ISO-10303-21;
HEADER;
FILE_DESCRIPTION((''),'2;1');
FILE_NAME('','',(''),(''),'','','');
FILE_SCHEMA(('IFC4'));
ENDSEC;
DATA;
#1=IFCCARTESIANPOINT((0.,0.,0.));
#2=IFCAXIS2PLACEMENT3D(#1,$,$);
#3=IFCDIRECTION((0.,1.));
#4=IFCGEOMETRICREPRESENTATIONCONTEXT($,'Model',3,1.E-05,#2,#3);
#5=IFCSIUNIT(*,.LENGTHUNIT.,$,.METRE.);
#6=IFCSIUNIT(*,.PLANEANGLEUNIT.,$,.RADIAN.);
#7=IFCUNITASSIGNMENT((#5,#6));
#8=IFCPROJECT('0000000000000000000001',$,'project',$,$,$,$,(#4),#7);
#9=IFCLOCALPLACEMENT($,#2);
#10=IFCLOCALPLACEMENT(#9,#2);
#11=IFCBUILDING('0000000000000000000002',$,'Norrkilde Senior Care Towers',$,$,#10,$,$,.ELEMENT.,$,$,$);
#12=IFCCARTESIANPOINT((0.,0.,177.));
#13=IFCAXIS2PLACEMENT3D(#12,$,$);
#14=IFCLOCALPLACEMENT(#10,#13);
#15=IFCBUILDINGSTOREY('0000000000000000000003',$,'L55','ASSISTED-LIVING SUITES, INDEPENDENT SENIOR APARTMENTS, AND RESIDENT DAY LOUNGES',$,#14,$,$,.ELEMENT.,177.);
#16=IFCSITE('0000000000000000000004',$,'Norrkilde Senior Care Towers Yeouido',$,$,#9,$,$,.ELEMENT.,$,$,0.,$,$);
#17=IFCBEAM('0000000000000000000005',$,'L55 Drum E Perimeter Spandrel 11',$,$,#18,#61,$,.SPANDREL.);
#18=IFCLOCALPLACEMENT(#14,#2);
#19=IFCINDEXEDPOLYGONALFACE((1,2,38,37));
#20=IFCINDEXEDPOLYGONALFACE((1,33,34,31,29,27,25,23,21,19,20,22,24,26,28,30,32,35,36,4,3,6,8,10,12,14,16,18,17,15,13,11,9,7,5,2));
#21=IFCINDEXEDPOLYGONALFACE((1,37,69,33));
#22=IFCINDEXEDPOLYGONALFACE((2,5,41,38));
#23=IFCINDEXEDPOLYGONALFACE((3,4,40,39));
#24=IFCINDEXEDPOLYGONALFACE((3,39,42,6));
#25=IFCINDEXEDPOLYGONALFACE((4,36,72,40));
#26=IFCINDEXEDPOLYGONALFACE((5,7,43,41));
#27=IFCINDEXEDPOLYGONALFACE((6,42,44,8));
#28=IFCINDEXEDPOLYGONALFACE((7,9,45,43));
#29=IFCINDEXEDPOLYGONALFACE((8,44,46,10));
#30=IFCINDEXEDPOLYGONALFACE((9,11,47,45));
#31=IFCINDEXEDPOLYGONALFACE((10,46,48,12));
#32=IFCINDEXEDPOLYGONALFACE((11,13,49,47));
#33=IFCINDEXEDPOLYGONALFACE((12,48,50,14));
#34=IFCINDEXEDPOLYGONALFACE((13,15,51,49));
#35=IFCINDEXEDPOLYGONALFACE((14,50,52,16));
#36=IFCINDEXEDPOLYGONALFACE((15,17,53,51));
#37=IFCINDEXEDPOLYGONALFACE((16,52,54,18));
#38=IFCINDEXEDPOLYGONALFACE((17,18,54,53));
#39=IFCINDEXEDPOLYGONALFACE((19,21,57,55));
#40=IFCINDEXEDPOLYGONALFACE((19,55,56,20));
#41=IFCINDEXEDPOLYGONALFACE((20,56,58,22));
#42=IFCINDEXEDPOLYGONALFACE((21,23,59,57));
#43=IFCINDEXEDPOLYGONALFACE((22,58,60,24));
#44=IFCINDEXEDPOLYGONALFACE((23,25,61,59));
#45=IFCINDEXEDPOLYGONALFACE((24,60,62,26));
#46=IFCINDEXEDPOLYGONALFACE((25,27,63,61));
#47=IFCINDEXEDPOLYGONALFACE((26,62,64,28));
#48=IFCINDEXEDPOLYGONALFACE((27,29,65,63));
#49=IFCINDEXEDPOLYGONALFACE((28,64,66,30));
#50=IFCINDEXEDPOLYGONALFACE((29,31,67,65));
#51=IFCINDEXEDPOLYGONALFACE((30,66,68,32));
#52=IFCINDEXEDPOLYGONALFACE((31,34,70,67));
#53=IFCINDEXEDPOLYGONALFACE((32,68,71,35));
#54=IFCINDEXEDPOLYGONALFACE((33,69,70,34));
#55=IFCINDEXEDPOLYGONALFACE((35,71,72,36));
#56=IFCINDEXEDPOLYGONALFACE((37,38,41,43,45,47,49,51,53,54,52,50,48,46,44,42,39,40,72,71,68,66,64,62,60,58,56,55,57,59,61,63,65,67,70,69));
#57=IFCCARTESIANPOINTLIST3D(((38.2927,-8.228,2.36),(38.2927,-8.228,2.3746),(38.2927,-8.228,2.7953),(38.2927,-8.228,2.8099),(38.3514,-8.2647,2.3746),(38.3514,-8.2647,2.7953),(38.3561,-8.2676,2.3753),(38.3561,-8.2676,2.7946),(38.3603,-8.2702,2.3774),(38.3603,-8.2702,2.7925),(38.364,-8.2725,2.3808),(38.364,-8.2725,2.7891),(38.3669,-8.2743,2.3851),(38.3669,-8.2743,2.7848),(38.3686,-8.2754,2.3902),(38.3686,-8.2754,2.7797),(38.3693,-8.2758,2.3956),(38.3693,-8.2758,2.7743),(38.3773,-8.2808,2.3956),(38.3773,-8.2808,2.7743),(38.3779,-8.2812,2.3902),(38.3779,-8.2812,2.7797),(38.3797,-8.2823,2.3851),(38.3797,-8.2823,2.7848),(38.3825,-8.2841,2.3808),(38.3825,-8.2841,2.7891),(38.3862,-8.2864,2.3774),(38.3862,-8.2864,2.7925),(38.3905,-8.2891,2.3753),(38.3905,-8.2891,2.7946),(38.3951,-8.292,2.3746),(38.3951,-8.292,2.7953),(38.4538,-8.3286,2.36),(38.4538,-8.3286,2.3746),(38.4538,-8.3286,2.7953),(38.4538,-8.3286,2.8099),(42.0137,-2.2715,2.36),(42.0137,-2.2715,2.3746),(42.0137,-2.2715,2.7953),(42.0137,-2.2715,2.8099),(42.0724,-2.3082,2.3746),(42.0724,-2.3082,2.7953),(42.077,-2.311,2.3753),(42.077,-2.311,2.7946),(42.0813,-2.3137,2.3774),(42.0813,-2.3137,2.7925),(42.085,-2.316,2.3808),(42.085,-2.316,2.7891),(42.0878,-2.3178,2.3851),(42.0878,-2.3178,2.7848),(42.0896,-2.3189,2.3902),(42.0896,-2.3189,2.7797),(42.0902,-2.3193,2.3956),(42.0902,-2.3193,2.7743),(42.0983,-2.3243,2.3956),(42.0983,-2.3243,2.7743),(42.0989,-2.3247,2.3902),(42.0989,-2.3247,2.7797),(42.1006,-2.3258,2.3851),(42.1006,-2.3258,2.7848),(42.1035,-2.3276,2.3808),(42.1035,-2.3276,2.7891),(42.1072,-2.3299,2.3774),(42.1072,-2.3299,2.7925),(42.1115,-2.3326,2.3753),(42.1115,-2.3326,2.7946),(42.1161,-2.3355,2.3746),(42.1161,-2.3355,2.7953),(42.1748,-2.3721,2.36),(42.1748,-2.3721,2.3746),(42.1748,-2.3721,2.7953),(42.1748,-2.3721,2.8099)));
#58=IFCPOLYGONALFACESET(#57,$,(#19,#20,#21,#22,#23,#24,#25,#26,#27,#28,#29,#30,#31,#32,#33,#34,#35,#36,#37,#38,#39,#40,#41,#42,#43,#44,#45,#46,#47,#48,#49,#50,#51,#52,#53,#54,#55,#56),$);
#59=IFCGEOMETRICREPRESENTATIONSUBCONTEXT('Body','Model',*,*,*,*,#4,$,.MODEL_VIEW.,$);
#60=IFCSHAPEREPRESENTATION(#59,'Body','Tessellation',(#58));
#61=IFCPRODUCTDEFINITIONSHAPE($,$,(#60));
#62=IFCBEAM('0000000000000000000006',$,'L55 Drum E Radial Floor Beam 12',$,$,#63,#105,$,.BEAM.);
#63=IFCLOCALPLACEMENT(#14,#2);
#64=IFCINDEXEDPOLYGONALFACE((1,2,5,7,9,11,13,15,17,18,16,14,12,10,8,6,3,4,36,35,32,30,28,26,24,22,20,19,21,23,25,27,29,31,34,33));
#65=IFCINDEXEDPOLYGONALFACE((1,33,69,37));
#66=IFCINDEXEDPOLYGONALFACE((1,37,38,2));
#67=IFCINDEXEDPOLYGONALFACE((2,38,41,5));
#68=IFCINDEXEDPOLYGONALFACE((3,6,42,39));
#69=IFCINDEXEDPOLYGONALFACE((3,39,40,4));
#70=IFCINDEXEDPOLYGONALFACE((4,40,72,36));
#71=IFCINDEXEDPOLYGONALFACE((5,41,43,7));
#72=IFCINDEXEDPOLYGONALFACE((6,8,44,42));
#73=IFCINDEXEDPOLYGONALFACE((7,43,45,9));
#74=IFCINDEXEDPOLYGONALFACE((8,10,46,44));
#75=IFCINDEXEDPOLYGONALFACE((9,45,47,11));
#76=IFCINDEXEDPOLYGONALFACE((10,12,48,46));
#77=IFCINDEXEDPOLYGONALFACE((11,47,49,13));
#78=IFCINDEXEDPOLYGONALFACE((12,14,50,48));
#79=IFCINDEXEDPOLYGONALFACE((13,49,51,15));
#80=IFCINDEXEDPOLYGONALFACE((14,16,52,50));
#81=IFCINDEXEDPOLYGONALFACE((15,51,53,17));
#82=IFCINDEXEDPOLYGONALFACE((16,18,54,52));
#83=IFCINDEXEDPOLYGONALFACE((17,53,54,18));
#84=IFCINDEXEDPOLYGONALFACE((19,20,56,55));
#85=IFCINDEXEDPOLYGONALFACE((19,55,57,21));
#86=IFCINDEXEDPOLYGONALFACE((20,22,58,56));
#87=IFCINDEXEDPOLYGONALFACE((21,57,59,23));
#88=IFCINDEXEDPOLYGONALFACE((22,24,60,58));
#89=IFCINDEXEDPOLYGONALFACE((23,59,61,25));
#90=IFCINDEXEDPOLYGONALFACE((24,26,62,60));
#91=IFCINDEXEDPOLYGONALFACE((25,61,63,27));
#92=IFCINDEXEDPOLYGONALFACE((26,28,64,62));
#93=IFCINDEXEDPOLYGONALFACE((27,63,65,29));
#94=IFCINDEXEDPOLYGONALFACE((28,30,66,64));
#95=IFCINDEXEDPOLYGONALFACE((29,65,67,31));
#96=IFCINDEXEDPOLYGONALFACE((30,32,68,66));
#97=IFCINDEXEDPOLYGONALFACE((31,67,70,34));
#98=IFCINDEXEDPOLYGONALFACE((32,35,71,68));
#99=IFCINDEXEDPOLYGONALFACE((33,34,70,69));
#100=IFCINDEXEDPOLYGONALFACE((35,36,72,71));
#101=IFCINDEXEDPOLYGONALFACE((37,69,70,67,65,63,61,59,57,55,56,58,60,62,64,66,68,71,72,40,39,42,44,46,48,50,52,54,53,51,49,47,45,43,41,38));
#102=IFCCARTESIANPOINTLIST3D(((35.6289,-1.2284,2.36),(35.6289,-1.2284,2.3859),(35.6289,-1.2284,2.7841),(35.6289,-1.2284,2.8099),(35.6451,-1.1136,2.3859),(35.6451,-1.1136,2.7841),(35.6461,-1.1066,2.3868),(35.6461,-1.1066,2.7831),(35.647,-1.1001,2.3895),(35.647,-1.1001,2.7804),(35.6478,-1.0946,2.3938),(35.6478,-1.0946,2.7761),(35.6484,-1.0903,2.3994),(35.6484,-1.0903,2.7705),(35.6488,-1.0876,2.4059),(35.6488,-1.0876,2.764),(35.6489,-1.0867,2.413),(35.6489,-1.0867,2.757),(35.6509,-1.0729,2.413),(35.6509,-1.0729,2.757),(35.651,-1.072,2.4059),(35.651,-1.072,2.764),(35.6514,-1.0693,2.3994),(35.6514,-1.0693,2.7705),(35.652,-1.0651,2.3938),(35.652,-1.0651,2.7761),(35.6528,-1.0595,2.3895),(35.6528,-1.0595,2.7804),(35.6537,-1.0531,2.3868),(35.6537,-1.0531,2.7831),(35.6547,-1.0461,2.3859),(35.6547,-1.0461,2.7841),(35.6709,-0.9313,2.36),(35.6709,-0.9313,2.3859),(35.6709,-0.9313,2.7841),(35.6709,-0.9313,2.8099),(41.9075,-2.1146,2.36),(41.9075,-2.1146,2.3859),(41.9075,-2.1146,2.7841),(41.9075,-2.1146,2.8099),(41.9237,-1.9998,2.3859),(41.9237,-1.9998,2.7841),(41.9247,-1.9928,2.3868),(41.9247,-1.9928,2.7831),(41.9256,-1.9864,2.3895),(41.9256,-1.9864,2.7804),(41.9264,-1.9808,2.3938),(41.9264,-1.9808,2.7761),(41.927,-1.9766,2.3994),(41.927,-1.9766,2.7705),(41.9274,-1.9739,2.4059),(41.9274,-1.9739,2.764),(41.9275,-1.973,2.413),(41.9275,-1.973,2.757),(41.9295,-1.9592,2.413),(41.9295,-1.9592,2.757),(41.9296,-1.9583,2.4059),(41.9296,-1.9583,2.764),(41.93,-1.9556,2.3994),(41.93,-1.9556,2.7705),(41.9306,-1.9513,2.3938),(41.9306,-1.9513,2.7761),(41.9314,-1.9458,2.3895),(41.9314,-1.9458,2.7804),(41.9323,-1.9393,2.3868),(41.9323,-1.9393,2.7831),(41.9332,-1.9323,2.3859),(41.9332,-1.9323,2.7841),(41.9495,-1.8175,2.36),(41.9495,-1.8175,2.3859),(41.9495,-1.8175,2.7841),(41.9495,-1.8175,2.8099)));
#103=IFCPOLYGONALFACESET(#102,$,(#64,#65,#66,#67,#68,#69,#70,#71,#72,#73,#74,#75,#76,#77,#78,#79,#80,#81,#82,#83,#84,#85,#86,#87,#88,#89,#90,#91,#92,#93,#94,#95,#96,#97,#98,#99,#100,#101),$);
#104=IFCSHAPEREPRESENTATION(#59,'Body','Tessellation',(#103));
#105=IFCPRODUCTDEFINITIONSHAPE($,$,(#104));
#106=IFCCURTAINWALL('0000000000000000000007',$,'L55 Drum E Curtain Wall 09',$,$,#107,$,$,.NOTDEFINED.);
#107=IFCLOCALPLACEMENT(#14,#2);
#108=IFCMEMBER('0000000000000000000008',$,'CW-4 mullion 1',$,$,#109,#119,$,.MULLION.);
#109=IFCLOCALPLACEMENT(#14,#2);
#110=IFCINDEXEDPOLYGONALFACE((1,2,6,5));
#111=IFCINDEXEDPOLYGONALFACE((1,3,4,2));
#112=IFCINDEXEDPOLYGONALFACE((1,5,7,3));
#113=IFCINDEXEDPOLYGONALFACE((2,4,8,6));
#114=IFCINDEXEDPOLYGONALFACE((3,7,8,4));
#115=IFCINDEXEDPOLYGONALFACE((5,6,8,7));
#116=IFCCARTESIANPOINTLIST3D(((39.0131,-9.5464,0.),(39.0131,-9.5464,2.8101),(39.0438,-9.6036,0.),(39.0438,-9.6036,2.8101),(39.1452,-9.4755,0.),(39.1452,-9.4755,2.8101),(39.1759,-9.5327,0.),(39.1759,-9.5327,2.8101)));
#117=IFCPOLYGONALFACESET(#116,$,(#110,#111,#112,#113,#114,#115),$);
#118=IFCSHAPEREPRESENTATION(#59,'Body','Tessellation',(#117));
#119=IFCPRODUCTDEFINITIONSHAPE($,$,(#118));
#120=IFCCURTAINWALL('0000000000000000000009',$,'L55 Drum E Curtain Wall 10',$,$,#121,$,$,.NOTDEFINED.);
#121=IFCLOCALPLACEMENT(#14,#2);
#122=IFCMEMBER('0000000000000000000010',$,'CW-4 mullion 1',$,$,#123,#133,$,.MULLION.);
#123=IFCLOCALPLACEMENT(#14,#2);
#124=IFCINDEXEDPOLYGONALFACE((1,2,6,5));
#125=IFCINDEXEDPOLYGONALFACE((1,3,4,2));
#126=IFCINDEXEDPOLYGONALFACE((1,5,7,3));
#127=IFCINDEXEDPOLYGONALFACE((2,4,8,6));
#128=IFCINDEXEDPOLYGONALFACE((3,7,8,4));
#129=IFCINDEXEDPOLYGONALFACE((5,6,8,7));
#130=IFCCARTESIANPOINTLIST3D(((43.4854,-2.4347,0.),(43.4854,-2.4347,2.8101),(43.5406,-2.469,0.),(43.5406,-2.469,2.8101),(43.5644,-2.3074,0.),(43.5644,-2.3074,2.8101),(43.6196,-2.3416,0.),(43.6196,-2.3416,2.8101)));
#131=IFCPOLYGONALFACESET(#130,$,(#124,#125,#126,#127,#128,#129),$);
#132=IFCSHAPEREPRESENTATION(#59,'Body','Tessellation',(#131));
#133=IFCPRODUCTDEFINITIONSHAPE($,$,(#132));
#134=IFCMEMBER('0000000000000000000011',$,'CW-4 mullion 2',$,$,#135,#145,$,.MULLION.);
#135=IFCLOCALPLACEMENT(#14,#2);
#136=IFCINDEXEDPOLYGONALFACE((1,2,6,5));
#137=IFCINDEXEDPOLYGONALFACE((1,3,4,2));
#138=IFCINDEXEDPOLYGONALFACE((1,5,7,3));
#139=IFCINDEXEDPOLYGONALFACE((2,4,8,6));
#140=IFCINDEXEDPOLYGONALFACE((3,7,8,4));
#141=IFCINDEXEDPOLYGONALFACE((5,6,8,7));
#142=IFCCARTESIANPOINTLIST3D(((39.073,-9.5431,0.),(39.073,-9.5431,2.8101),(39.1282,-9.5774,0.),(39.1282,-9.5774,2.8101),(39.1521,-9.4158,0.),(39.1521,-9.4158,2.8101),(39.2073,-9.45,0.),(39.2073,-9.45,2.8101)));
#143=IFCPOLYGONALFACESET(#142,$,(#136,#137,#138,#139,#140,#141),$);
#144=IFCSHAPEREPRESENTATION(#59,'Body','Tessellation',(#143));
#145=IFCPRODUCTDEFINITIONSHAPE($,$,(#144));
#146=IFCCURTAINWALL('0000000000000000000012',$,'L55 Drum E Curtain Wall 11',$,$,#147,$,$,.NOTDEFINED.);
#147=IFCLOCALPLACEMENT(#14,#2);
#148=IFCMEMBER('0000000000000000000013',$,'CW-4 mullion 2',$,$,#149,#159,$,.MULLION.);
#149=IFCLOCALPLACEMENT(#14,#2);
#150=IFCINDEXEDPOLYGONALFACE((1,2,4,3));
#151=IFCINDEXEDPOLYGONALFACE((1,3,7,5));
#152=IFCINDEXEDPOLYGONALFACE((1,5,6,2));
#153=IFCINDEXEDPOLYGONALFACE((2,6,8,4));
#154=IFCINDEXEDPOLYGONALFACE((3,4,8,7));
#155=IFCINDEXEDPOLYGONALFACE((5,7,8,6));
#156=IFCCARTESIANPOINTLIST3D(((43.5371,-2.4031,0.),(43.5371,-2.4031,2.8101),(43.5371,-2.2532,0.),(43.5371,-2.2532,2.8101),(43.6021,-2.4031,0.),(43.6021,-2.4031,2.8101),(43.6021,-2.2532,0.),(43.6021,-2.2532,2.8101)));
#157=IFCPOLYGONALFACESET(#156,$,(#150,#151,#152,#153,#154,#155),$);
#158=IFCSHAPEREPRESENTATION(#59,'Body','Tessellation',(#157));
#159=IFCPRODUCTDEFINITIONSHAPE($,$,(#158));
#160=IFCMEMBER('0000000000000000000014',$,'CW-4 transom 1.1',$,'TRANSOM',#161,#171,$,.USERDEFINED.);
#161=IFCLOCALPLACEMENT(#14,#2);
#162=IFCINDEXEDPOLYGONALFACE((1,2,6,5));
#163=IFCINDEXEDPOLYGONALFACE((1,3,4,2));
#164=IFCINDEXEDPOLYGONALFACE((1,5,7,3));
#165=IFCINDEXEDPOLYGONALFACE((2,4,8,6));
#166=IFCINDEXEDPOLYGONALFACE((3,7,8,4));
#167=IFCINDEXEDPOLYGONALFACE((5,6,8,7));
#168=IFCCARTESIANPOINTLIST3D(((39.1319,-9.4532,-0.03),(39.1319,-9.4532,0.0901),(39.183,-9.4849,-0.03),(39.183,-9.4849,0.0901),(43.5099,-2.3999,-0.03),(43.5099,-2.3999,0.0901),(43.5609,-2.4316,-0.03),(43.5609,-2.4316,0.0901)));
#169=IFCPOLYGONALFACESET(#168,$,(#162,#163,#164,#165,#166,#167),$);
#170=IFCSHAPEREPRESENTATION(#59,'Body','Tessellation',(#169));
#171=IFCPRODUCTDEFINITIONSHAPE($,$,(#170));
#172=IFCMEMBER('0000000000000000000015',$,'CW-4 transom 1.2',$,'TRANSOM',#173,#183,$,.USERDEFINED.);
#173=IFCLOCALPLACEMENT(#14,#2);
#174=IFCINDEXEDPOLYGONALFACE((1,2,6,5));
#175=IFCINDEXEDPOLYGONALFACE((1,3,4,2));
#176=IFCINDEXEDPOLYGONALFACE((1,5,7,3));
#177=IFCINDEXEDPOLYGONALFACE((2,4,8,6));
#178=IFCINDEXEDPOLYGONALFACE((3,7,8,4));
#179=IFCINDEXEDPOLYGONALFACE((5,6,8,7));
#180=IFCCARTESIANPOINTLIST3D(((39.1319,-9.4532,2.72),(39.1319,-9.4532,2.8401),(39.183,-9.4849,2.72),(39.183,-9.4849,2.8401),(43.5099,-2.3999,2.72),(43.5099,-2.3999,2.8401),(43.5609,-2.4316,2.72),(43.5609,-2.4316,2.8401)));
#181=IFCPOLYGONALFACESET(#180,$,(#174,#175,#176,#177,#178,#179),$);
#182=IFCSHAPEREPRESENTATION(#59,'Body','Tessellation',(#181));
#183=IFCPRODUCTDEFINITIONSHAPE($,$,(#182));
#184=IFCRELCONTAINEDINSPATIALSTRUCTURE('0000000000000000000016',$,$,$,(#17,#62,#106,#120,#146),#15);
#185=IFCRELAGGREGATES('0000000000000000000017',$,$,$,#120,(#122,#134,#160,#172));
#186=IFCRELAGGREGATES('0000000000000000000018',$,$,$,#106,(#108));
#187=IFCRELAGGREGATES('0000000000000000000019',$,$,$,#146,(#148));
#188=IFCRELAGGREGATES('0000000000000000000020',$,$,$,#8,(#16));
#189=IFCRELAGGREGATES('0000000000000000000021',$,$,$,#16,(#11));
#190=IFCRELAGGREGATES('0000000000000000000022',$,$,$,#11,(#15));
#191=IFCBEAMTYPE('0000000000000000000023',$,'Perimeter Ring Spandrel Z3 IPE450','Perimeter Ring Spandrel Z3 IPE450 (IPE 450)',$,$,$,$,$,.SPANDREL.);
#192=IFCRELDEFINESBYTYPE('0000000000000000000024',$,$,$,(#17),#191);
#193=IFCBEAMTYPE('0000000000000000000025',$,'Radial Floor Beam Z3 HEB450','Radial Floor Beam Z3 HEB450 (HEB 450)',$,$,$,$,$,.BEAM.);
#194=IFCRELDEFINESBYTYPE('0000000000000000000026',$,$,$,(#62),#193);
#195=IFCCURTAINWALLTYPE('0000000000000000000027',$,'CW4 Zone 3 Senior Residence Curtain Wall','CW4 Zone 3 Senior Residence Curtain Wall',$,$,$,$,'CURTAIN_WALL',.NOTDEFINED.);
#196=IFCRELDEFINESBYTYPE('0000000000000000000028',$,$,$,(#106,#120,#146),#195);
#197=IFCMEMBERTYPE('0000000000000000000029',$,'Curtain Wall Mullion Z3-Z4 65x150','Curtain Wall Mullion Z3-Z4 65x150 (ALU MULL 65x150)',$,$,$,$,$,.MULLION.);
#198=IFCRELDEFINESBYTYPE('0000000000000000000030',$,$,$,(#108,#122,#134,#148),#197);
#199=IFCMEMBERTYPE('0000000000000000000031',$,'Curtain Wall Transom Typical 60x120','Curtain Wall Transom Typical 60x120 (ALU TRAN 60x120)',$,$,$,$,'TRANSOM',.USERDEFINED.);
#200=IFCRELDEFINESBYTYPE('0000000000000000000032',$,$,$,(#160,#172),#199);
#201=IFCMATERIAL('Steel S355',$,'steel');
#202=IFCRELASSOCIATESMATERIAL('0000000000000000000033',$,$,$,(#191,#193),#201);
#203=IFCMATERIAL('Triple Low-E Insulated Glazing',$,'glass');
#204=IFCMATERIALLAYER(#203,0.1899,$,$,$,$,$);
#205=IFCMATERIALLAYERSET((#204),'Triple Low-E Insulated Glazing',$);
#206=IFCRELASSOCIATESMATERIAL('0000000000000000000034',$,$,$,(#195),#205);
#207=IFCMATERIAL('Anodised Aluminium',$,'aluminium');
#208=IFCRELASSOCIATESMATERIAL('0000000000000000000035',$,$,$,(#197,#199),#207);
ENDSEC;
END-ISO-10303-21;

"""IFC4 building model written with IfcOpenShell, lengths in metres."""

from ifc_helpers import new_model, si_unit, direction, frame, origin, origin_2d, place, context, subcontext, project, spatial, rectangle, i_section, extrude, source, transform, mapped, material, layer, layer_set, material_profile, profile_set, type_object, type_shapes, element, aggregate, save


model = new_model("IFC4")

# Units and contexts
model_context = context("Model", 3, precision=1e-05, world=origin(), true_north=direction((0.0, 1.0)))
body_context = subcontext(model_context, "Body", "Model", "MODEL_VIEW")
ifc_project = project(units=[si_unit("LENGTHUNIT", "METRE"), si_unit("PLANEANGLEUNIT", "RADIAN")], contexts=[model_context])

# Site, building, storey
site_placement = place(None, origin())
site = spatial("IfcSite", under=ifc_project, at=site_placement, Name="Norrkilde Senior Care Towers Yeouido", CompositionType="ELEMENT", RefElevation=0.0)
building_placement = place(site_placement, origin())
building = spatial("IfcBuilding", under=site, at=building_placement, Name="Norrkilde Senior Care Towers", CompositionType="ELEMENT")
storey_placement = place(building_placement, frame((0.0, 0.0, 177.0)))
storey = spatial("IfcBuildingStorey", under=building, at=storey_placement, Name="L55", Description="ASSISTED-LIVING SUITES, INDEPENDENT SENIOR APARTMENTS, AND RESIDENT DAY LOUNGES", CompositionType="ELEMENT", Elevation=177.0)

# Beams
ifc_material_1 = material(Name="Steel S355", Category="steel")
ifc_material_profile_1 = material_profile(ifc_material_1, i_section(OverallWidth=0.1899, OverallDepth=0.45, WebThickness=0.0095, FlangeThickness=0.0146, FilletRadius=0.021, at=origin_2d()), Name="IPE 450")
ifc_profile_set_1 = profile_set([ifc_material_profile_1], Name="Steel S355")
beam_type_1 = type_object("IfcBeamType", Name="Perimeter Ring Spandrel Z3 IPE450", Description="Perimeter Ring Spandrel Z3 IPE450 (IPE 450)", PredefinedType="SPANDREL", material=ifc_profile_set_1)
shared_shape_1 = source(origin(), body_context, "Body", "SweptSolid", [
    extrude(i_section(OverallWidth=0.1899, OverallDepth=0.45, WebThickness=0.0095, FlangeThickness=0.0146, FilletRadius=0.021, at=origin_2d()), origin(), (0.0, 0.0, 1.0), 7.0232),
])
beam_1_placement = place(storey_placement, frame((38.3733, -8.2783, 2.585), z_axis=(0.529805, 0.848119, 0.0), x_axis=(-0.848119, 0.529805, 0.0)))
element("IfcBeam", 1, at=beam_1_placement, inside=storey, type_object=beam_type_1, Name="L55 Drum E Perimeter Spandrel 11", PredefinedType="SPANDREL", context=body_context, shape_type="MappedRepresentation", body=[
    mapped(shared_shape_1, transform((0.0, 0.0, 0.0), x_axis=(1.0, 0.0, 0.0), y_axis=(0.0, 1.0, 0.0), z_axis=(0.0, 0.0, 1.0), scale=1.0)),
])
ifc_material_profile_2 = material_profile(ifc_material_1, i_section(OverallWidth=0.3, OverallDepth=0.45, WebThickness=0.0139, FlangeThickness=0.0259, FilletRadius=0.0271, at=origin_2d()), Name="HEB 450")
ifc_profile_set_2 = profile_set([ifc_material_profile_2], Name="Steel S355")
beam_type_2 = type_object("IfcBeamType", Name="Radial Floor Beam Z3 HEB450", Description="Radial Floor Beam Z3 HEB450 (HEB 450)", PredefinedType="BEAM", material=ifc_profile_set_2)
shared_shape_2 = source(origin(), body_context, "Body", "SweptSolid", [
    extrude(i_section(OverallWidth=0.3, OverallDepth=0.45, WebThickness=0.0139, FlangeThickness=0.0259, FilletRadius=0.0271, at=origin_2d()), origin(), (0.0, 0.0, 1.0), 6.3408),
])
type_shapes(beam_type_2, [shared_shape_2])
beam_2_placement = place(storey_placement, frame((35.6499, -1.0798, 2.585), z_axis=(0.990185, -0.139766, 0.0), x_axis=(0.139766, 0.990185, 0.0)))
element("IfcBeam", 2, at=beam_2_placement, inside=storey, type_object=beam_type_2, Name="L55 Drum E Radial Floor Beam 12", PredefinedType="BEAM", context=body_context, shape_type="MappedRepresentation", body=[
    mapped(shared_shape_2, transform((0.0, 0.0, 0.0), x_axis=(1.0, 0.0, 0.0), y_axis=(0.0, 1.0, 0.0), z_axis=(0.0, 0.0, 1.0), scale=1.0)),
])

# Curtain wall, member
ifc_material_2 = material(Name="Triple Low-E Insulated Glazing", Category="glass")
ifc_layer_1 = layer(ifc_material_2, 0.1899)
ifc_layer_set_1 = layer_set([ifc_layer_1], Name="Triple Low-E Insulated Glazing")
curtain_wall_type = type_object("IfcCurtainWallType", Name="CW4 Zone 3 Senior Residence Curtain Wall", Description="CW4 Zone 3 Senior Residence Curtain Wall", ElementType="CURTAIN_WALL", PredefinedType="NOTDEFINED", material=ifc_layer_set_1)
curtain_wall_1_placement = place(storey_placement, origin())
curtain_wall_1 = element("IfcCurtainWall", 3, at=curtain_wall_1_placement, inside=storey, type_object=curtain_wall_type, Name="L55 Drum E Curtain Wall 09", PredefinedType="NOTDEFINED")
ifc_material_3 = material(Name="Anodised Aluminium", Category="aluminium")
ifc_material_profile_3 = material_profile(ifc_material_3, rectangle(XDim=0.0649, YDim=0.1499, at=origin_2d()), Name="ALU MULL 65x150")
ifc_profile_set_3 = profile_set([ifc_material_profile_3], Name="Anodised Aluminium")
member_type_1 = type_object("IfcMemberType", Name="Curtain Wall Mullion Z3-Z4 65x150", Description="Curtain Wall Mullion Z3-Z4 65x150 (ALU MULL 65x150)", PredefinedType="MULLION", material=ifc_profile_set_3)
shared_shape_3 = source(origin(), body_context, "Body", "SweptSolid", [
    extrude(rectangle(XDim=0.0649, YDim=0.1499, at=origin_2d()), origin(), (0.0, 0.0, 1.0), 2.8101),
])
type_shapes(member_type_1, [shared_shape_3])
member_1_placement = place(storey_placement, frame((39.0945, -9.5396, 0.0), z_axis=(0.0, 0.0, 1.0), x_axis=(0.473117, -0.881, 0.0)))
member_1 = element("IfcMember", 4, at=member_1_placement, type_object=member_type_1, Name="CW-4 mullion 1", PredefinedType="MULLION", context=body_context, shape_type="MappedRepresentation", body=[
    mapped(shared_shape_3, transform((0.0, 0.0, 0.0), x_axis=(1.0, 0.0, 0.0), y_axis=(0.0, 1.0, 0.0), z_axis=(0.0, 0.0, 1.0), scale=1.0)),
])

# Curtain wall, members
curtain_wall_2_placement = place(storey_placement, origin())
curtain_wall_2 = element("IfcCurtainWall", 5, at=curtain_wall_2_placement, inside=storey, type_object=curtain_wall_type, Name="L55 Drum E Curtain Wall 10", PredefinedType="NOTDEFINED")
member_2_placement = place(storey_placement, frame((43.5525, -2.3882, 0.0), z_axis=(0.0, 0.0, 1.0), x_axis=(0.849634, -0.527373, 0.0)))
member_2 = element("IfcMember", 6, at=member_2_placement, type_object=member_type_1, Name="CW-4 mullion 1", PredefinedType="MULLION", context=body_context, shape_type="MappedRepresentation", body=[
    mapped(shared_shape_3, transform((0.0, 0.0, 0.0), x_axis=(1.0, 0.0, 0.0), y_axis=(0.0, 1.0, 0.0), z_axis=(0.0, 0.0, 1.0), scale=1.0)),
])
member_3_placement = place(storey_placement, frame((39.1401, -9.4966, 0.0), z_axis=(0.0, 0.0, 1.0), x_axis=(0.849634, -0.527373, 0.0)))
member_3 = element("IfcMember", 7, at=member_3_placement, type_object=member_type_1, Name="CW-4 mullion 2", PredefinedType="MULLION", context=body_context, shape_type="MappedRepresentation", body=[
    mapped(shared_shape_3, transform((0.0, 0.0, 0.0), x_axis=(1.0, 0.0, 0.0), y_axis=(0.0, 1.0, 0.0), z_axis=(0.0, 0.0, 1.0), scale=1.0)),
])

# Curtain wall, member
curtain_wall_3_placement = place(storey_placement, origin())
curtain_wall_3 = element("IfcCurtainWall", 8, at=curtain_wall_3_placement, inside=storey, type_object=curtain_wall_type, Name="L55 Drum E Curtain Wall 11", PredefinedType="NOTDEFINED")
member_4_placement = place(storey_placement, frame((43.5696, -2.3281, 0.0), z_axis=(0.0, 0.0, 1.0), x_axis=(1.0, 0.0, 0.0)))
member_4 = element("IfcMember", 9, at=member_4_placement, type_object=member_type_1, Name="CW-4 mullion 2", PredefinedType="MULLION", context=body_context, shape_type="MappedRepresentation", body=[
    mapped(shared_shape_3, transform((0.0, 0.0, 0.0), x_axis=(1.0, 0.0, 0.0), y_axis=(0.0, 1.0, 0.0), z_axis=(0.0, 0.0, 1.0), scale=1.0)),
])

# Members
ifc_material_profile_4 = material_profile(ifc_material_3, rectangle(XDim=0.0601, YDim=0.1201, at=origin_2d()), Name="ALU TRAN 60x120")
ifc_profile_set_4 = profile_set([ifc_material_profile_4], Name="Anodised Aluminium")
member_type_2 = type_object("IfcMemberType", Name="Curtain Wall Transom Typical 60x120", Description="Curtain Wall Transom Typical 60x120 (ALU TRAN 60x120)", ElementType="TRANSOM", PredefinedType="USERDEFINED", material=ifc_profile_set_4)
shared_shape_4 = source(origin(), body_context, "Body", "SweptSolid", [
    extrude(rectangle(XDim=0.0601, YDim=0.1201, at=origin_2d()), origin(), (0.0, 0.0, 1.0), 8.3015),
])
member_5_placement = place(storey_placement, frame((43.5354, -2.4158, 0.03), z_axis=(-0.527369, -0.849637, 0.0), x_axis=(0.849637, -0.527369, 0.0)))
member_5 = element("IfcMember", 10, at=member_5_placement, type_object=member_type_2, Name="CW-4 transom 1.1", ObjectType="TRANSOM", PredefinedType="USERDEFINED", context=body_context, shape_type="MappedRepresentation", body=[
    mapped(shared_shape_4, transform((0.0, 0.0, 0.0), x_axis=(1.0, 0.0, 0.0), y_axis=(0.0, 1.0, 0.0), z_axis=(0.0, 0.0, 1.0), scale=1.0)),
])
member_6_placement = place(storey_placement, frame((43.5354, -2.4158, 2.78), z_axis=(-0.527369, -0.849637, 0.0), x_axis=(0.849637, -0.527369, 0.0)))
member_6 = element("IfcMember", 11, at=member_6_placement, type_object=member_type_2, Name="CW-4 transom 1.2", ObjectType="TRANSOM", PredefinedType="USERDEFINED", context=body_context, shape_type="MappedRepresentation", body=[
    mapped(shared_shape_4, transform((0.0, 0.0, 0.0), x_axis=(1.0, 0.0, 0.0), y_axis=(0.0, 1.0, 0.0), z_axis=(0.0, 0.0, 1.0), scale=1.0)),
])

aggregate(curtain_wall_2, [member_2, member_3, member_5, member_6])
aggregate(curtain_wall_1, [member_1])
aggregate(curtain_wall_3, [member_4])

save(model, "model.ifc")
